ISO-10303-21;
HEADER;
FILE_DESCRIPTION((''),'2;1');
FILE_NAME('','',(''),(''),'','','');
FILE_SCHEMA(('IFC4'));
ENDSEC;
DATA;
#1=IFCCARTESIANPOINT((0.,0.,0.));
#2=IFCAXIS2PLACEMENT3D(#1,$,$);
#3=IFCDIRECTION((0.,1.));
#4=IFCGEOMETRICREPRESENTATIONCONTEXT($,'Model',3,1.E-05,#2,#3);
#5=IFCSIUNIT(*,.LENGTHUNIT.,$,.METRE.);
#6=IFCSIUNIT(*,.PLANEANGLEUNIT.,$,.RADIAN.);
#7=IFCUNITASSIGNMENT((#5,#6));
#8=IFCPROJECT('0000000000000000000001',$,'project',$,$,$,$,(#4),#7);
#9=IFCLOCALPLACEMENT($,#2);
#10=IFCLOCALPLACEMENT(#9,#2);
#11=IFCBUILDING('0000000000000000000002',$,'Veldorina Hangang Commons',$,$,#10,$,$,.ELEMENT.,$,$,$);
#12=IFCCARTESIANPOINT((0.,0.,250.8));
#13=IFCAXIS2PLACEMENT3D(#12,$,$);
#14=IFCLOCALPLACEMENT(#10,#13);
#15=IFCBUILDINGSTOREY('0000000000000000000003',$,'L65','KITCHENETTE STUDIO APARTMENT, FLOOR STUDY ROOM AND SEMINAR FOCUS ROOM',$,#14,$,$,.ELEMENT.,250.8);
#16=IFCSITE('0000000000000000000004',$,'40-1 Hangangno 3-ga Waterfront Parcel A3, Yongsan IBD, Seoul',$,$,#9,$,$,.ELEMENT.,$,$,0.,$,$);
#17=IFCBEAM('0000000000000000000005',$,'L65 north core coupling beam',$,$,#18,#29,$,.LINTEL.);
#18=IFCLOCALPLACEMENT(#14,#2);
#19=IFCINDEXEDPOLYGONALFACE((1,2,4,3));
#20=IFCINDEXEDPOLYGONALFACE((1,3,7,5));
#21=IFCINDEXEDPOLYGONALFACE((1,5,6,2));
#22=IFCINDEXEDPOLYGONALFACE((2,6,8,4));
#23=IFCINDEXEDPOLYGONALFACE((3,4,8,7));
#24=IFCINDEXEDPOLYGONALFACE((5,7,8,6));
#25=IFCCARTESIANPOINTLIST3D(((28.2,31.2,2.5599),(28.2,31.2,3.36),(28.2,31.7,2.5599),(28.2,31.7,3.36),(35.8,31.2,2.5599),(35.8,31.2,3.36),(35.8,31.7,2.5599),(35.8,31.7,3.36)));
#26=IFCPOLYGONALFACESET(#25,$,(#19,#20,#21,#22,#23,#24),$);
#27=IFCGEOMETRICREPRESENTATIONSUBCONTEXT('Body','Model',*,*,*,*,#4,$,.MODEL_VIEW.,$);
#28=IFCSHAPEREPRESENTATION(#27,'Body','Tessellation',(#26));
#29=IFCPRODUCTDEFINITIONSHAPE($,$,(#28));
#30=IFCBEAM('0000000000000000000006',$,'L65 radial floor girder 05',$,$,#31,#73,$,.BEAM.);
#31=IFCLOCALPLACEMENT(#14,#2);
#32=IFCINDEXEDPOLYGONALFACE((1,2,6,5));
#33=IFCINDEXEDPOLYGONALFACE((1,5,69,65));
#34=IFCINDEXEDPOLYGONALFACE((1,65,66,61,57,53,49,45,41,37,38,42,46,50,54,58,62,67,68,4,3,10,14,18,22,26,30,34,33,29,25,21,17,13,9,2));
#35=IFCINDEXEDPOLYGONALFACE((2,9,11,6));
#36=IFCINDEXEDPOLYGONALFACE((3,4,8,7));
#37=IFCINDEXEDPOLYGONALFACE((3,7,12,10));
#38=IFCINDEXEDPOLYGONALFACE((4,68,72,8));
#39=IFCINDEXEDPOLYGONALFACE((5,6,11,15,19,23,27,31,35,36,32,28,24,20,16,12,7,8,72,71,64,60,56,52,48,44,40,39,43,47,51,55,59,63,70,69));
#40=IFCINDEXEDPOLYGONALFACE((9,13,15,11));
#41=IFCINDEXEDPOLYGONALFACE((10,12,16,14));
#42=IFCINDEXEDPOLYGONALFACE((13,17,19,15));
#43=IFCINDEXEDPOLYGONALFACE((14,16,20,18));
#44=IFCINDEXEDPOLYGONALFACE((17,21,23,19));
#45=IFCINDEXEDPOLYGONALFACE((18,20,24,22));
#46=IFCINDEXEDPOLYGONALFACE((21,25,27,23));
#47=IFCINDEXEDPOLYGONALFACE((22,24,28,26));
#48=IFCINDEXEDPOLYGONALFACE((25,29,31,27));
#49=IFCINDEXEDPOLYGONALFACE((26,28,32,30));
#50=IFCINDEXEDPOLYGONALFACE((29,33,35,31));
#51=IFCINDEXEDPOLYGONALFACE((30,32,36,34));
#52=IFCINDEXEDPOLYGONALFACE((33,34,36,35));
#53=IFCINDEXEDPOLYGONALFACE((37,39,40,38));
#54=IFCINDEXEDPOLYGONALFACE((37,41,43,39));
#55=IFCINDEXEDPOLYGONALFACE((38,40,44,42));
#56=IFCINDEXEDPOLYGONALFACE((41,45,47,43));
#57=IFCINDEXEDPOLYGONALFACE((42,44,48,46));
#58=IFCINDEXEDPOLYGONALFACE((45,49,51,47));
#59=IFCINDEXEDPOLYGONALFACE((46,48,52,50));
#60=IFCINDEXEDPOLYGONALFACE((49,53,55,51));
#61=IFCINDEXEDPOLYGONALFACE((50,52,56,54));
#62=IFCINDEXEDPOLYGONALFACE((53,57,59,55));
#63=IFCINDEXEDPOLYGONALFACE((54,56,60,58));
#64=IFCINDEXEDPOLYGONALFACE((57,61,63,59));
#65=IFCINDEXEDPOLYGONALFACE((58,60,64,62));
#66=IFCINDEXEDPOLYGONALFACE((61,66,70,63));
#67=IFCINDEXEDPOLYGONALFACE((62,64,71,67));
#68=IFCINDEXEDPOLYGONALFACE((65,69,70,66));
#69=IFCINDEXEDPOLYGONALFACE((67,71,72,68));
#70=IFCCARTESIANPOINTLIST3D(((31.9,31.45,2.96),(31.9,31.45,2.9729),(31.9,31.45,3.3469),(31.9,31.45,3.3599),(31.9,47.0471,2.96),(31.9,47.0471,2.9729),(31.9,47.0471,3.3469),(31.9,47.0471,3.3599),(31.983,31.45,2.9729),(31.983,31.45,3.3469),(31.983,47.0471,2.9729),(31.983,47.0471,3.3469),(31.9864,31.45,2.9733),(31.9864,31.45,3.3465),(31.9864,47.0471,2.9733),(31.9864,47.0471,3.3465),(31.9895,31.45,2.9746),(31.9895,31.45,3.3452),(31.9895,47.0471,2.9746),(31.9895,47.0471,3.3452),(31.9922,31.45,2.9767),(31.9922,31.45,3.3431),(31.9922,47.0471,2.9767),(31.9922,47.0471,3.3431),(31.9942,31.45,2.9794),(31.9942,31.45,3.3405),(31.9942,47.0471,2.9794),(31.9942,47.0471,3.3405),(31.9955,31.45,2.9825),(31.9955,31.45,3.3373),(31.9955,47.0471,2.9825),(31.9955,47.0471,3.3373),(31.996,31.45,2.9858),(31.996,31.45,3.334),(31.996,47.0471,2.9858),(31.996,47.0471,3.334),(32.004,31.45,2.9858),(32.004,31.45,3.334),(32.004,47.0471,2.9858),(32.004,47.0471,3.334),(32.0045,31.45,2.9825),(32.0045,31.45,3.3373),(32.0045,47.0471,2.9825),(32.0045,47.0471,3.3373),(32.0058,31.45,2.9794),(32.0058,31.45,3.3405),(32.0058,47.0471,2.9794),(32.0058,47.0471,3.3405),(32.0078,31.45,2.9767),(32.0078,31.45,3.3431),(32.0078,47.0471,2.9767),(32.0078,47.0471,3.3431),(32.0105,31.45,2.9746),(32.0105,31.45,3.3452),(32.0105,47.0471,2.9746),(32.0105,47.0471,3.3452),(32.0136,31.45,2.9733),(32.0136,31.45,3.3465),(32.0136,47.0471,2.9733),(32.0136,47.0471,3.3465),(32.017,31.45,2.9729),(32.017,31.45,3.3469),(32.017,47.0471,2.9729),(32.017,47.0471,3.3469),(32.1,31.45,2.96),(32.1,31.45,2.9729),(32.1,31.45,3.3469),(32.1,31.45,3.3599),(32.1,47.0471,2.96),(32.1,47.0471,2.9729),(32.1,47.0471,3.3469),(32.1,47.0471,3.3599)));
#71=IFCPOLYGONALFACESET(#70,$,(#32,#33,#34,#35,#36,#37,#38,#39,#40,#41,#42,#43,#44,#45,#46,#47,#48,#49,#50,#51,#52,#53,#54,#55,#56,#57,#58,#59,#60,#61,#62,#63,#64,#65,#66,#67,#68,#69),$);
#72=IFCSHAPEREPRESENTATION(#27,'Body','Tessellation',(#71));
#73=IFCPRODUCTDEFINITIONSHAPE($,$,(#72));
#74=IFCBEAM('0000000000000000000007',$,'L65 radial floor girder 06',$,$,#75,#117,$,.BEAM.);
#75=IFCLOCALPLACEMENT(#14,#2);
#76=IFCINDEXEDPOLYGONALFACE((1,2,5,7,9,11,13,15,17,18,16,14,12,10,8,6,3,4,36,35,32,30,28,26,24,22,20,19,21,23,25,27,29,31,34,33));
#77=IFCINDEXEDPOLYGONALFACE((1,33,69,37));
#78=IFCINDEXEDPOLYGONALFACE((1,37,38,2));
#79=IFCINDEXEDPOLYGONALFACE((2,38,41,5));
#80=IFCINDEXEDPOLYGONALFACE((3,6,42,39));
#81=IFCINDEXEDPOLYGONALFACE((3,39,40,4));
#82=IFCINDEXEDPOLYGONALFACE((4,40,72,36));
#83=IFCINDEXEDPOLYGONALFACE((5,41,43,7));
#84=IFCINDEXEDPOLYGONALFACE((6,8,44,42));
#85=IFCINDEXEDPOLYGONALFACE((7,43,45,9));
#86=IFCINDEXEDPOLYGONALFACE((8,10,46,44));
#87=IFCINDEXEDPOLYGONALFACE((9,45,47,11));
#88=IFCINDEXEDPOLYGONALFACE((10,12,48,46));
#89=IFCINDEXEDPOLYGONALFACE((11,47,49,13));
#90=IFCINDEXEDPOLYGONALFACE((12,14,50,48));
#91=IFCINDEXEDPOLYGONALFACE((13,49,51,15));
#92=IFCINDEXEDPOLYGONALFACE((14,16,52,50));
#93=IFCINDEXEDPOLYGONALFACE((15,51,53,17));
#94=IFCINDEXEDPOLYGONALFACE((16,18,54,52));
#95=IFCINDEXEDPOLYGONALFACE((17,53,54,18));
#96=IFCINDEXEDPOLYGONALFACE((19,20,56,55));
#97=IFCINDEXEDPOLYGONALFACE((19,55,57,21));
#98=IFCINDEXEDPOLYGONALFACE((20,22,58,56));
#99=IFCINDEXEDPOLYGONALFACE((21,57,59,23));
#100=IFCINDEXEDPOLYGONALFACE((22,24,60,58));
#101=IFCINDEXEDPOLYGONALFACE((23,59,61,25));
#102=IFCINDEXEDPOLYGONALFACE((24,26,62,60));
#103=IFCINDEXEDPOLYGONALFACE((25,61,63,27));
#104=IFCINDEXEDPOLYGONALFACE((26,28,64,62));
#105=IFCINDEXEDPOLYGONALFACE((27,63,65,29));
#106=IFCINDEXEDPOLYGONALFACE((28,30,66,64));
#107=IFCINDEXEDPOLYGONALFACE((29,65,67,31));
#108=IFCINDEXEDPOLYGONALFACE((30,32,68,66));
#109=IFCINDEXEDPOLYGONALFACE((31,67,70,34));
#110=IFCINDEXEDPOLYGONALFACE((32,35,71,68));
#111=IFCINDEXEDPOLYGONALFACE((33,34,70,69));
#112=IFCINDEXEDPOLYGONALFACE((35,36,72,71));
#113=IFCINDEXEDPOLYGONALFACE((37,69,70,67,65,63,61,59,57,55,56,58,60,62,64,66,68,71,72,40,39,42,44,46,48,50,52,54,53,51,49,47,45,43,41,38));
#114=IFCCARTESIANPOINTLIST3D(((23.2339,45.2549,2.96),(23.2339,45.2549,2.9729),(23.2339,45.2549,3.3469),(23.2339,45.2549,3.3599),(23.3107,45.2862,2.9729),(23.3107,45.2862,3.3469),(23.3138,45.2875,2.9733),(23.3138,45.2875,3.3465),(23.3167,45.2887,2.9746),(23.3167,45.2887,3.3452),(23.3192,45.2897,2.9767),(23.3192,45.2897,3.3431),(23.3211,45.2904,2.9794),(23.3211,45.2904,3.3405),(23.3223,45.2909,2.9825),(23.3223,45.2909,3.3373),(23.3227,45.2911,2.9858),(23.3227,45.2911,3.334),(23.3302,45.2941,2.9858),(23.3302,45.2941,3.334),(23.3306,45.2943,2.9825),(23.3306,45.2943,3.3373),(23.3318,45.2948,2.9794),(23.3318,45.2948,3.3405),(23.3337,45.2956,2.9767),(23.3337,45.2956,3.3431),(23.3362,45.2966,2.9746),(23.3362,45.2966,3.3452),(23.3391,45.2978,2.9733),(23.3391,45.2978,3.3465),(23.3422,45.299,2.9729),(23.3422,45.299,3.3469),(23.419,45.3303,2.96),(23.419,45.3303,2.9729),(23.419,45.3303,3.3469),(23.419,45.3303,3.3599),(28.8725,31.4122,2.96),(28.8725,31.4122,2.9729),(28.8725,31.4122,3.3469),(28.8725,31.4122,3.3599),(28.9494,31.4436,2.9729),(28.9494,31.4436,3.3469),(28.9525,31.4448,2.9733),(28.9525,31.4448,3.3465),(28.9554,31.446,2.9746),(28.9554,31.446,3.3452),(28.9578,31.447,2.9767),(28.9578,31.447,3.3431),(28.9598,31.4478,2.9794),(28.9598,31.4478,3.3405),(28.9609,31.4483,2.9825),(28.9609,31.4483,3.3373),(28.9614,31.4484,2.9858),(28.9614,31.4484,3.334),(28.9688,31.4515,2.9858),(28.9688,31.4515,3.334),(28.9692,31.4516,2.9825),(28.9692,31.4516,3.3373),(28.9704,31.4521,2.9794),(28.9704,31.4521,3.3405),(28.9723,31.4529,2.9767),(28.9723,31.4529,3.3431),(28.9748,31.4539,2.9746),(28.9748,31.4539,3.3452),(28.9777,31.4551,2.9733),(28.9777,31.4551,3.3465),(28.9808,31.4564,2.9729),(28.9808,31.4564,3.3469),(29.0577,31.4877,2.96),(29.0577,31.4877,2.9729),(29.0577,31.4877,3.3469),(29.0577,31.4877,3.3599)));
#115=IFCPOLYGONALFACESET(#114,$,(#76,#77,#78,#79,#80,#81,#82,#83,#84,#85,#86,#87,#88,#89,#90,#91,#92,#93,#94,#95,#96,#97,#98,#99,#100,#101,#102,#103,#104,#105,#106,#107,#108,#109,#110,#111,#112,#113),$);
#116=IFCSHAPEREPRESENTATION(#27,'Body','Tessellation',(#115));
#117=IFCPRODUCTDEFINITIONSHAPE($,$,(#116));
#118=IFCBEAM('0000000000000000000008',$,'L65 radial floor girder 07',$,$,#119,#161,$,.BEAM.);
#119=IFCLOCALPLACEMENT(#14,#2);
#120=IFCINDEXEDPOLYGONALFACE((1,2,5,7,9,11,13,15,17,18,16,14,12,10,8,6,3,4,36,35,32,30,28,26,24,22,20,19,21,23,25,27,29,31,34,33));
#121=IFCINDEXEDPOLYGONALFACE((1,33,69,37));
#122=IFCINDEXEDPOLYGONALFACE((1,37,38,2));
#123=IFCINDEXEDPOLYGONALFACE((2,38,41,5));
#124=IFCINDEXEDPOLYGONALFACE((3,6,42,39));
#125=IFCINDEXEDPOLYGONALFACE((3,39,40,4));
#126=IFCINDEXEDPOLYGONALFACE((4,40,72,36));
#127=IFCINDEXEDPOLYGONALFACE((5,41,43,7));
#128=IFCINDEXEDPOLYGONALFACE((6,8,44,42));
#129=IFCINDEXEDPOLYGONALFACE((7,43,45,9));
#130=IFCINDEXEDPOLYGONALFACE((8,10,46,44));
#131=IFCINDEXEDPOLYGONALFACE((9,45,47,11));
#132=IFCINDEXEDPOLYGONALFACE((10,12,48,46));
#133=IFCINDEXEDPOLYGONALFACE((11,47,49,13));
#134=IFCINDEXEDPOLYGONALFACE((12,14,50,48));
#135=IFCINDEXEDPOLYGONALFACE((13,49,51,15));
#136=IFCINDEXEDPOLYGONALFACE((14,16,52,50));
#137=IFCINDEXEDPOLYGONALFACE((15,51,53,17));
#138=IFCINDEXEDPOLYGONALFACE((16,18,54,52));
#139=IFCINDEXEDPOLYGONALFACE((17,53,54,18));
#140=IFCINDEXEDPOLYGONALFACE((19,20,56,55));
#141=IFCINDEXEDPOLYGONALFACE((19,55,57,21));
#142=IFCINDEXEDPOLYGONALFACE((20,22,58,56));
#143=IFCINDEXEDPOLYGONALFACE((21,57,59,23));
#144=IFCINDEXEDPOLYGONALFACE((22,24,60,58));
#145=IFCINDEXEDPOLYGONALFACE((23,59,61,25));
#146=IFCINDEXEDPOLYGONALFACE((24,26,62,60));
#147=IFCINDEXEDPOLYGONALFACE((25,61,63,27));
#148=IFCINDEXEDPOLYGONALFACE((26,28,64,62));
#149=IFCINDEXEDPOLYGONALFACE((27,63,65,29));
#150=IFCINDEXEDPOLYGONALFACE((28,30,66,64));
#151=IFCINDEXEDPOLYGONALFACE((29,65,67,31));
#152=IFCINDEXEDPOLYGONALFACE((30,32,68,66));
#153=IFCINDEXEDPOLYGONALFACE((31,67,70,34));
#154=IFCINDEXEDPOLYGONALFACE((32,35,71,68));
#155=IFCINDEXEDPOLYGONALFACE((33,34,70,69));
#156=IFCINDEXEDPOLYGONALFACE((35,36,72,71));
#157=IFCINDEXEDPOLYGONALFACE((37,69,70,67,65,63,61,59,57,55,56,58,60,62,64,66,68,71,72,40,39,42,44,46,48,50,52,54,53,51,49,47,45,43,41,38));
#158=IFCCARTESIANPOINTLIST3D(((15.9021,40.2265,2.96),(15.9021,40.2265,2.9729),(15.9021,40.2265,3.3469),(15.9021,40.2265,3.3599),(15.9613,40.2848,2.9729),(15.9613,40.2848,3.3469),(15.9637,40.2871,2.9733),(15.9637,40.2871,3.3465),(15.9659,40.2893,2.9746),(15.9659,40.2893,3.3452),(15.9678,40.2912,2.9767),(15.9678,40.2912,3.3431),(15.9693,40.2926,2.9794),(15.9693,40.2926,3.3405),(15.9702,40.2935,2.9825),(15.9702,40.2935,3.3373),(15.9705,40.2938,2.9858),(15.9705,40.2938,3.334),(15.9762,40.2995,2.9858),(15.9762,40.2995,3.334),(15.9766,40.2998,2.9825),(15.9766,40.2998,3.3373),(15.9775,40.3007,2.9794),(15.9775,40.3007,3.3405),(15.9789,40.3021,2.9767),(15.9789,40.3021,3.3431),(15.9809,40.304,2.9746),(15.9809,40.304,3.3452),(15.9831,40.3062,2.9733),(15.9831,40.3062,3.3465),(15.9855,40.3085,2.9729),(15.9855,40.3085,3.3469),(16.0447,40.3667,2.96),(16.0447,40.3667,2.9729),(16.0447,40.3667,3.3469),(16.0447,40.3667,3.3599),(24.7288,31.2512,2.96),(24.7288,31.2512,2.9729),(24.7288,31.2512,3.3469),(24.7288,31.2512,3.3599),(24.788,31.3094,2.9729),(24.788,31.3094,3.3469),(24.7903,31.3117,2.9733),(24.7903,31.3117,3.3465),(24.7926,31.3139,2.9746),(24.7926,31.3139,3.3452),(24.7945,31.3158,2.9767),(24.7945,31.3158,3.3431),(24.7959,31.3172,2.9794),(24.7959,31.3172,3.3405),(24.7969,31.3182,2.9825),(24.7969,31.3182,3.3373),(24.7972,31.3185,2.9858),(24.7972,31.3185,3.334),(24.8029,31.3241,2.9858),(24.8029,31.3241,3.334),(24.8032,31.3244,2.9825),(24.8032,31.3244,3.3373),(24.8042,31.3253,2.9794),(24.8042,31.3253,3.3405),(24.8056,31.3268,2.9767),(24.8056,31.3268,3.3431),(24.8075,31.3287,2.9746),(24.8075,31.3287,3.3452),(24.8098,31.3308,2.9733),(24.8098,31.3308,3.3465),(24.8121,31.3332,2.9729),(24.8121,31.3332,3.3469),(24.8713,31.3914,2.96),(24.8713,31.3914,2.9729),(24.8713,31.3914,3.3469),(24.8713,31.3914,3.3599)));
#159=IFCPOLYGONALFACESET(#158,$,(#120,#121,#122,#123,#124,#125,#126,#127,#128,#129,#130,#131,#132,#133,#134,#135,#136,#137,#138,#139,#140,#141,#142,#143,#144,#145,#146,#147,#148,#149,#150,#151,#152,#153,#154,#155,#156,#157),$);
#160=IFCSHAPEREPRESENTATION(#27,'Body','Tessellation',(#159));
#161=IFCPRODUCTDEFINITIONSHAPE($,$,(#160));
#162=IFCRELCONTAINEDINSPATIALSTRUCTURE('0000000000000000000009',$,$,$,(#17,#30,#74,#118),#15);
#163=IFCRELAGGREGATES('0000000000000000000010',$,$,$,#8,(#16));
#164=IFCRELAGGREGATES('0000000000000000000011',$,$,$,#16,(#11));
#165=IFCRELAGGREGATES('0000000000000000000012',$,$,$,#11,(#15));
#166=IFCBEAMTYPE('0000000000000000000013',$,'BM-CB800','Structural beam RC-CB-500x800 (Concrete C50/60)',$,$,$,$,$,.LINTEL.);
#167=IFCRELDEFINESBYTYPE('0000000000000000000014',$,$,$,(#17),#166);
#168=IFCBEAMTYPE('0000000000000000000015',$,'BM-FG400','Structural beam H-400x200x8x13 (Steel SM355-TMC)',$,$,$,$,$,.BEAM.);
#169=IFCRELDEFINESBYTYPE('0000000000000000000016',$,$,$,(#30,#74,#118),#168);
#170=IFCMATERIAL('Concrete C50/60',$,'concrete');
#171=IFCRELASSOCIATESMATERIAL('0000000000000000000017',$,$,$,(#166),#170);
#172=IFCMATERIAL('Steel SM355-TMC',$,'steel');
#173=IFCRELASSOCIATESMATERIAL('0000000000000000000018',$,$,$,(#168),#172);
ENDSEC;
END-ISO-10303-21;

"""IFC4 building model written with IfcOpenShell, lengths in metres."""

from ifc_helpers import new_model, si_unit, direction, frame, origin, origin_2d, place, context, subcontext, project, spatial, rectangle, i_section, extrude, material, material_profile, profile_set, type_object, element, save


model = new_model("IFC4")

# Units and contexts
model_context = context("Model", 3, precision=1e-05, world=origin(), true_north=direction((0.0, 1.0)))
body_context = subcontext(model_context, "Body", "Model", "MODEL_VIEW")
ifc_project = project(units=[si_unit("LENGTHUNIT", "METRE"), si_unit("PLANEANGLEUNIT", "RADIAN")], contexts=[model_context])

# Site, building, storey
site_placement = place(None, origin())
site = spatial("IfcSite", under=ifc_project, at=site_placement, Name="40-1 Hangangno 3-ga Waterfront Parcel A3, Yongsan IBD, Seoul", CompositionType="ELEMENT", RefElevation=0.0)
building_placement = place(site_placement, origin())
building = spatial("IfcBuilding", under=site, at=building_placement, Name="Veldorina Hangang Commons", CompositionType="ELEMENT")
storey_placement = place(building_placement, frame((0.0, 0.0, 250.8)))
storey = spatial("IfcBuildingStorey", under=building, at=storey_placement, Name="L65", Description="KITCHENETTE STUDIO APARTMENT, FLOOR STUDY ROOM AND SEMINAR FOCUS ROOM", CompositionType="ELEMENT", Elevation=250.8)

# Beams
ifc_material_1 = material(Name="Concrete C50/60", Category="concrete")
ifc_material_profile_1 = material_profile(ifc_material_1, rectangle(XDim=0.5, YDim=0.8, at=origin_2d()), Name="RC-CB-500x800")
ifc_profile_set_1 = profile_set([ifc_material_profile_1], Name="Concrete C50/60")
beam_type_1 = type_object("IfcBeamType", Name="BM-CB800", Description="Structural beam RC-CB-500x800 (Concrete C50/60)", PredefinedType="LINTEL", material=ifc_profile_set_1)
beam_1_placement = place(storey_placement, frame((28.2, 31.45, 2.96), z_axis=(1.0, 0.0, 0.0), x_axis=(0.0, 1.0, 0.0)))
element("IfcBeam", 1, at=beam_1_placement, inside=storey, type_object=beam_type_1, Name="L65 north core coupling beam", PredefinedType="LINTEL", context=body_context, shape_type="SweptSolid", body=[
    extrude(rectangle(XDim=0.5, YDim=0.8, at=origin_2d()), origin(), (0.0, 0.0, 1.0), 7.6001),
])
ifc_material_2 = material(Name="Steel SM355-TMC", Category="steel")
ifc_material_profile_2 = material_profile(ifc_material_2, i_section(OverallWidth=0.2, OverallDepth=0.3999, WebThickness=0.0081, FlangeThickness=0.0129, FilletRadius=0.0129, at=origin_2d()), Name="H-400x200x8x13")
ifc_profile_set_2 = profile_set([ifc_material_profile_2], Name="Steel SM355-TMC")
beam_type_2 = type_object("IfcBeamType", Name="BM-FG400", Description="Structural beam H-400x200x8x13 (Steel SM355-TMC)", PredefinedType="BEAM", material=ifc_profile_set_2)
beam_2_placement = place(storey_placement, frame((32.0, 31.45, 3.1599), z_axis=(0.0, 1.0, 0.0), x_axis=(-1.0, 0.0, 0.0)))
element("IfcBeam", 2, at=beam_2_placement, inside=storey, type_object=beam_type_2, Name="L65 radial floor girder 05", PredefinedType="BEAM", context=body_context, shape_type="SweptSolid", body=[
    extrude(i_section(OverallWidth=0.2, OverallDepth=0.3999, WebThickness=0.0081, FlangeThickness=0.0129, FilletRadius=0.0129, at=origin_2d()), origin(), (0.0, 0.0, 1.0), 15.5972),
])
beam_3_placement = place(storey_placement, frame((28.9651, 31.45, 3.1599), z_axis=(-0.377241, 0.926115, 0.0), x_axis=(-0.926115, -0.377241, 0.0)))
element("IfcBeam", 3, at=beam_3_placement, inside=storey, type_object=beam_type_2, Name="L65 radial floor girder 06", PredefinedType="BEAM", context=body_context, shape_type="SweptSolid", body=[
    extrude(i_section(OverallWidth=0.2, OverallDepth=0.3999, WebThickness=0.0081, FlangeThickness=0.0129, FilletRadius=0.0129, at=origin_2d()), origin(), (0.0, 0.0, 1.0), 14.947),
])
beam_4_placement = place(storey_placement, frame((24.8, 31.3213, 3.1599), z_axis=(-0.701177, 0.712988, 0.0), x_axis=(-0.712988, -0.701177, 0.0)))
element("IfcBeam", 4, at=beam_4_placement, inside=storey, type_object=beam_type_2, Name="L65 radial floor girder 07", PredefinedType="BEAM", context=body_context, shape_type="SweptSolid", body=[
    extrude(i_section(OverallWidth=0.2, OverallDepth=0.3999, WebThickness=0.0081, FlangeThickness=0.0129, FilletRadius=0.0129, at=origin_2d()), origin(), (0.0, 0.0, 1.0), 12.5884),
])

save(model, "model.ifc")
